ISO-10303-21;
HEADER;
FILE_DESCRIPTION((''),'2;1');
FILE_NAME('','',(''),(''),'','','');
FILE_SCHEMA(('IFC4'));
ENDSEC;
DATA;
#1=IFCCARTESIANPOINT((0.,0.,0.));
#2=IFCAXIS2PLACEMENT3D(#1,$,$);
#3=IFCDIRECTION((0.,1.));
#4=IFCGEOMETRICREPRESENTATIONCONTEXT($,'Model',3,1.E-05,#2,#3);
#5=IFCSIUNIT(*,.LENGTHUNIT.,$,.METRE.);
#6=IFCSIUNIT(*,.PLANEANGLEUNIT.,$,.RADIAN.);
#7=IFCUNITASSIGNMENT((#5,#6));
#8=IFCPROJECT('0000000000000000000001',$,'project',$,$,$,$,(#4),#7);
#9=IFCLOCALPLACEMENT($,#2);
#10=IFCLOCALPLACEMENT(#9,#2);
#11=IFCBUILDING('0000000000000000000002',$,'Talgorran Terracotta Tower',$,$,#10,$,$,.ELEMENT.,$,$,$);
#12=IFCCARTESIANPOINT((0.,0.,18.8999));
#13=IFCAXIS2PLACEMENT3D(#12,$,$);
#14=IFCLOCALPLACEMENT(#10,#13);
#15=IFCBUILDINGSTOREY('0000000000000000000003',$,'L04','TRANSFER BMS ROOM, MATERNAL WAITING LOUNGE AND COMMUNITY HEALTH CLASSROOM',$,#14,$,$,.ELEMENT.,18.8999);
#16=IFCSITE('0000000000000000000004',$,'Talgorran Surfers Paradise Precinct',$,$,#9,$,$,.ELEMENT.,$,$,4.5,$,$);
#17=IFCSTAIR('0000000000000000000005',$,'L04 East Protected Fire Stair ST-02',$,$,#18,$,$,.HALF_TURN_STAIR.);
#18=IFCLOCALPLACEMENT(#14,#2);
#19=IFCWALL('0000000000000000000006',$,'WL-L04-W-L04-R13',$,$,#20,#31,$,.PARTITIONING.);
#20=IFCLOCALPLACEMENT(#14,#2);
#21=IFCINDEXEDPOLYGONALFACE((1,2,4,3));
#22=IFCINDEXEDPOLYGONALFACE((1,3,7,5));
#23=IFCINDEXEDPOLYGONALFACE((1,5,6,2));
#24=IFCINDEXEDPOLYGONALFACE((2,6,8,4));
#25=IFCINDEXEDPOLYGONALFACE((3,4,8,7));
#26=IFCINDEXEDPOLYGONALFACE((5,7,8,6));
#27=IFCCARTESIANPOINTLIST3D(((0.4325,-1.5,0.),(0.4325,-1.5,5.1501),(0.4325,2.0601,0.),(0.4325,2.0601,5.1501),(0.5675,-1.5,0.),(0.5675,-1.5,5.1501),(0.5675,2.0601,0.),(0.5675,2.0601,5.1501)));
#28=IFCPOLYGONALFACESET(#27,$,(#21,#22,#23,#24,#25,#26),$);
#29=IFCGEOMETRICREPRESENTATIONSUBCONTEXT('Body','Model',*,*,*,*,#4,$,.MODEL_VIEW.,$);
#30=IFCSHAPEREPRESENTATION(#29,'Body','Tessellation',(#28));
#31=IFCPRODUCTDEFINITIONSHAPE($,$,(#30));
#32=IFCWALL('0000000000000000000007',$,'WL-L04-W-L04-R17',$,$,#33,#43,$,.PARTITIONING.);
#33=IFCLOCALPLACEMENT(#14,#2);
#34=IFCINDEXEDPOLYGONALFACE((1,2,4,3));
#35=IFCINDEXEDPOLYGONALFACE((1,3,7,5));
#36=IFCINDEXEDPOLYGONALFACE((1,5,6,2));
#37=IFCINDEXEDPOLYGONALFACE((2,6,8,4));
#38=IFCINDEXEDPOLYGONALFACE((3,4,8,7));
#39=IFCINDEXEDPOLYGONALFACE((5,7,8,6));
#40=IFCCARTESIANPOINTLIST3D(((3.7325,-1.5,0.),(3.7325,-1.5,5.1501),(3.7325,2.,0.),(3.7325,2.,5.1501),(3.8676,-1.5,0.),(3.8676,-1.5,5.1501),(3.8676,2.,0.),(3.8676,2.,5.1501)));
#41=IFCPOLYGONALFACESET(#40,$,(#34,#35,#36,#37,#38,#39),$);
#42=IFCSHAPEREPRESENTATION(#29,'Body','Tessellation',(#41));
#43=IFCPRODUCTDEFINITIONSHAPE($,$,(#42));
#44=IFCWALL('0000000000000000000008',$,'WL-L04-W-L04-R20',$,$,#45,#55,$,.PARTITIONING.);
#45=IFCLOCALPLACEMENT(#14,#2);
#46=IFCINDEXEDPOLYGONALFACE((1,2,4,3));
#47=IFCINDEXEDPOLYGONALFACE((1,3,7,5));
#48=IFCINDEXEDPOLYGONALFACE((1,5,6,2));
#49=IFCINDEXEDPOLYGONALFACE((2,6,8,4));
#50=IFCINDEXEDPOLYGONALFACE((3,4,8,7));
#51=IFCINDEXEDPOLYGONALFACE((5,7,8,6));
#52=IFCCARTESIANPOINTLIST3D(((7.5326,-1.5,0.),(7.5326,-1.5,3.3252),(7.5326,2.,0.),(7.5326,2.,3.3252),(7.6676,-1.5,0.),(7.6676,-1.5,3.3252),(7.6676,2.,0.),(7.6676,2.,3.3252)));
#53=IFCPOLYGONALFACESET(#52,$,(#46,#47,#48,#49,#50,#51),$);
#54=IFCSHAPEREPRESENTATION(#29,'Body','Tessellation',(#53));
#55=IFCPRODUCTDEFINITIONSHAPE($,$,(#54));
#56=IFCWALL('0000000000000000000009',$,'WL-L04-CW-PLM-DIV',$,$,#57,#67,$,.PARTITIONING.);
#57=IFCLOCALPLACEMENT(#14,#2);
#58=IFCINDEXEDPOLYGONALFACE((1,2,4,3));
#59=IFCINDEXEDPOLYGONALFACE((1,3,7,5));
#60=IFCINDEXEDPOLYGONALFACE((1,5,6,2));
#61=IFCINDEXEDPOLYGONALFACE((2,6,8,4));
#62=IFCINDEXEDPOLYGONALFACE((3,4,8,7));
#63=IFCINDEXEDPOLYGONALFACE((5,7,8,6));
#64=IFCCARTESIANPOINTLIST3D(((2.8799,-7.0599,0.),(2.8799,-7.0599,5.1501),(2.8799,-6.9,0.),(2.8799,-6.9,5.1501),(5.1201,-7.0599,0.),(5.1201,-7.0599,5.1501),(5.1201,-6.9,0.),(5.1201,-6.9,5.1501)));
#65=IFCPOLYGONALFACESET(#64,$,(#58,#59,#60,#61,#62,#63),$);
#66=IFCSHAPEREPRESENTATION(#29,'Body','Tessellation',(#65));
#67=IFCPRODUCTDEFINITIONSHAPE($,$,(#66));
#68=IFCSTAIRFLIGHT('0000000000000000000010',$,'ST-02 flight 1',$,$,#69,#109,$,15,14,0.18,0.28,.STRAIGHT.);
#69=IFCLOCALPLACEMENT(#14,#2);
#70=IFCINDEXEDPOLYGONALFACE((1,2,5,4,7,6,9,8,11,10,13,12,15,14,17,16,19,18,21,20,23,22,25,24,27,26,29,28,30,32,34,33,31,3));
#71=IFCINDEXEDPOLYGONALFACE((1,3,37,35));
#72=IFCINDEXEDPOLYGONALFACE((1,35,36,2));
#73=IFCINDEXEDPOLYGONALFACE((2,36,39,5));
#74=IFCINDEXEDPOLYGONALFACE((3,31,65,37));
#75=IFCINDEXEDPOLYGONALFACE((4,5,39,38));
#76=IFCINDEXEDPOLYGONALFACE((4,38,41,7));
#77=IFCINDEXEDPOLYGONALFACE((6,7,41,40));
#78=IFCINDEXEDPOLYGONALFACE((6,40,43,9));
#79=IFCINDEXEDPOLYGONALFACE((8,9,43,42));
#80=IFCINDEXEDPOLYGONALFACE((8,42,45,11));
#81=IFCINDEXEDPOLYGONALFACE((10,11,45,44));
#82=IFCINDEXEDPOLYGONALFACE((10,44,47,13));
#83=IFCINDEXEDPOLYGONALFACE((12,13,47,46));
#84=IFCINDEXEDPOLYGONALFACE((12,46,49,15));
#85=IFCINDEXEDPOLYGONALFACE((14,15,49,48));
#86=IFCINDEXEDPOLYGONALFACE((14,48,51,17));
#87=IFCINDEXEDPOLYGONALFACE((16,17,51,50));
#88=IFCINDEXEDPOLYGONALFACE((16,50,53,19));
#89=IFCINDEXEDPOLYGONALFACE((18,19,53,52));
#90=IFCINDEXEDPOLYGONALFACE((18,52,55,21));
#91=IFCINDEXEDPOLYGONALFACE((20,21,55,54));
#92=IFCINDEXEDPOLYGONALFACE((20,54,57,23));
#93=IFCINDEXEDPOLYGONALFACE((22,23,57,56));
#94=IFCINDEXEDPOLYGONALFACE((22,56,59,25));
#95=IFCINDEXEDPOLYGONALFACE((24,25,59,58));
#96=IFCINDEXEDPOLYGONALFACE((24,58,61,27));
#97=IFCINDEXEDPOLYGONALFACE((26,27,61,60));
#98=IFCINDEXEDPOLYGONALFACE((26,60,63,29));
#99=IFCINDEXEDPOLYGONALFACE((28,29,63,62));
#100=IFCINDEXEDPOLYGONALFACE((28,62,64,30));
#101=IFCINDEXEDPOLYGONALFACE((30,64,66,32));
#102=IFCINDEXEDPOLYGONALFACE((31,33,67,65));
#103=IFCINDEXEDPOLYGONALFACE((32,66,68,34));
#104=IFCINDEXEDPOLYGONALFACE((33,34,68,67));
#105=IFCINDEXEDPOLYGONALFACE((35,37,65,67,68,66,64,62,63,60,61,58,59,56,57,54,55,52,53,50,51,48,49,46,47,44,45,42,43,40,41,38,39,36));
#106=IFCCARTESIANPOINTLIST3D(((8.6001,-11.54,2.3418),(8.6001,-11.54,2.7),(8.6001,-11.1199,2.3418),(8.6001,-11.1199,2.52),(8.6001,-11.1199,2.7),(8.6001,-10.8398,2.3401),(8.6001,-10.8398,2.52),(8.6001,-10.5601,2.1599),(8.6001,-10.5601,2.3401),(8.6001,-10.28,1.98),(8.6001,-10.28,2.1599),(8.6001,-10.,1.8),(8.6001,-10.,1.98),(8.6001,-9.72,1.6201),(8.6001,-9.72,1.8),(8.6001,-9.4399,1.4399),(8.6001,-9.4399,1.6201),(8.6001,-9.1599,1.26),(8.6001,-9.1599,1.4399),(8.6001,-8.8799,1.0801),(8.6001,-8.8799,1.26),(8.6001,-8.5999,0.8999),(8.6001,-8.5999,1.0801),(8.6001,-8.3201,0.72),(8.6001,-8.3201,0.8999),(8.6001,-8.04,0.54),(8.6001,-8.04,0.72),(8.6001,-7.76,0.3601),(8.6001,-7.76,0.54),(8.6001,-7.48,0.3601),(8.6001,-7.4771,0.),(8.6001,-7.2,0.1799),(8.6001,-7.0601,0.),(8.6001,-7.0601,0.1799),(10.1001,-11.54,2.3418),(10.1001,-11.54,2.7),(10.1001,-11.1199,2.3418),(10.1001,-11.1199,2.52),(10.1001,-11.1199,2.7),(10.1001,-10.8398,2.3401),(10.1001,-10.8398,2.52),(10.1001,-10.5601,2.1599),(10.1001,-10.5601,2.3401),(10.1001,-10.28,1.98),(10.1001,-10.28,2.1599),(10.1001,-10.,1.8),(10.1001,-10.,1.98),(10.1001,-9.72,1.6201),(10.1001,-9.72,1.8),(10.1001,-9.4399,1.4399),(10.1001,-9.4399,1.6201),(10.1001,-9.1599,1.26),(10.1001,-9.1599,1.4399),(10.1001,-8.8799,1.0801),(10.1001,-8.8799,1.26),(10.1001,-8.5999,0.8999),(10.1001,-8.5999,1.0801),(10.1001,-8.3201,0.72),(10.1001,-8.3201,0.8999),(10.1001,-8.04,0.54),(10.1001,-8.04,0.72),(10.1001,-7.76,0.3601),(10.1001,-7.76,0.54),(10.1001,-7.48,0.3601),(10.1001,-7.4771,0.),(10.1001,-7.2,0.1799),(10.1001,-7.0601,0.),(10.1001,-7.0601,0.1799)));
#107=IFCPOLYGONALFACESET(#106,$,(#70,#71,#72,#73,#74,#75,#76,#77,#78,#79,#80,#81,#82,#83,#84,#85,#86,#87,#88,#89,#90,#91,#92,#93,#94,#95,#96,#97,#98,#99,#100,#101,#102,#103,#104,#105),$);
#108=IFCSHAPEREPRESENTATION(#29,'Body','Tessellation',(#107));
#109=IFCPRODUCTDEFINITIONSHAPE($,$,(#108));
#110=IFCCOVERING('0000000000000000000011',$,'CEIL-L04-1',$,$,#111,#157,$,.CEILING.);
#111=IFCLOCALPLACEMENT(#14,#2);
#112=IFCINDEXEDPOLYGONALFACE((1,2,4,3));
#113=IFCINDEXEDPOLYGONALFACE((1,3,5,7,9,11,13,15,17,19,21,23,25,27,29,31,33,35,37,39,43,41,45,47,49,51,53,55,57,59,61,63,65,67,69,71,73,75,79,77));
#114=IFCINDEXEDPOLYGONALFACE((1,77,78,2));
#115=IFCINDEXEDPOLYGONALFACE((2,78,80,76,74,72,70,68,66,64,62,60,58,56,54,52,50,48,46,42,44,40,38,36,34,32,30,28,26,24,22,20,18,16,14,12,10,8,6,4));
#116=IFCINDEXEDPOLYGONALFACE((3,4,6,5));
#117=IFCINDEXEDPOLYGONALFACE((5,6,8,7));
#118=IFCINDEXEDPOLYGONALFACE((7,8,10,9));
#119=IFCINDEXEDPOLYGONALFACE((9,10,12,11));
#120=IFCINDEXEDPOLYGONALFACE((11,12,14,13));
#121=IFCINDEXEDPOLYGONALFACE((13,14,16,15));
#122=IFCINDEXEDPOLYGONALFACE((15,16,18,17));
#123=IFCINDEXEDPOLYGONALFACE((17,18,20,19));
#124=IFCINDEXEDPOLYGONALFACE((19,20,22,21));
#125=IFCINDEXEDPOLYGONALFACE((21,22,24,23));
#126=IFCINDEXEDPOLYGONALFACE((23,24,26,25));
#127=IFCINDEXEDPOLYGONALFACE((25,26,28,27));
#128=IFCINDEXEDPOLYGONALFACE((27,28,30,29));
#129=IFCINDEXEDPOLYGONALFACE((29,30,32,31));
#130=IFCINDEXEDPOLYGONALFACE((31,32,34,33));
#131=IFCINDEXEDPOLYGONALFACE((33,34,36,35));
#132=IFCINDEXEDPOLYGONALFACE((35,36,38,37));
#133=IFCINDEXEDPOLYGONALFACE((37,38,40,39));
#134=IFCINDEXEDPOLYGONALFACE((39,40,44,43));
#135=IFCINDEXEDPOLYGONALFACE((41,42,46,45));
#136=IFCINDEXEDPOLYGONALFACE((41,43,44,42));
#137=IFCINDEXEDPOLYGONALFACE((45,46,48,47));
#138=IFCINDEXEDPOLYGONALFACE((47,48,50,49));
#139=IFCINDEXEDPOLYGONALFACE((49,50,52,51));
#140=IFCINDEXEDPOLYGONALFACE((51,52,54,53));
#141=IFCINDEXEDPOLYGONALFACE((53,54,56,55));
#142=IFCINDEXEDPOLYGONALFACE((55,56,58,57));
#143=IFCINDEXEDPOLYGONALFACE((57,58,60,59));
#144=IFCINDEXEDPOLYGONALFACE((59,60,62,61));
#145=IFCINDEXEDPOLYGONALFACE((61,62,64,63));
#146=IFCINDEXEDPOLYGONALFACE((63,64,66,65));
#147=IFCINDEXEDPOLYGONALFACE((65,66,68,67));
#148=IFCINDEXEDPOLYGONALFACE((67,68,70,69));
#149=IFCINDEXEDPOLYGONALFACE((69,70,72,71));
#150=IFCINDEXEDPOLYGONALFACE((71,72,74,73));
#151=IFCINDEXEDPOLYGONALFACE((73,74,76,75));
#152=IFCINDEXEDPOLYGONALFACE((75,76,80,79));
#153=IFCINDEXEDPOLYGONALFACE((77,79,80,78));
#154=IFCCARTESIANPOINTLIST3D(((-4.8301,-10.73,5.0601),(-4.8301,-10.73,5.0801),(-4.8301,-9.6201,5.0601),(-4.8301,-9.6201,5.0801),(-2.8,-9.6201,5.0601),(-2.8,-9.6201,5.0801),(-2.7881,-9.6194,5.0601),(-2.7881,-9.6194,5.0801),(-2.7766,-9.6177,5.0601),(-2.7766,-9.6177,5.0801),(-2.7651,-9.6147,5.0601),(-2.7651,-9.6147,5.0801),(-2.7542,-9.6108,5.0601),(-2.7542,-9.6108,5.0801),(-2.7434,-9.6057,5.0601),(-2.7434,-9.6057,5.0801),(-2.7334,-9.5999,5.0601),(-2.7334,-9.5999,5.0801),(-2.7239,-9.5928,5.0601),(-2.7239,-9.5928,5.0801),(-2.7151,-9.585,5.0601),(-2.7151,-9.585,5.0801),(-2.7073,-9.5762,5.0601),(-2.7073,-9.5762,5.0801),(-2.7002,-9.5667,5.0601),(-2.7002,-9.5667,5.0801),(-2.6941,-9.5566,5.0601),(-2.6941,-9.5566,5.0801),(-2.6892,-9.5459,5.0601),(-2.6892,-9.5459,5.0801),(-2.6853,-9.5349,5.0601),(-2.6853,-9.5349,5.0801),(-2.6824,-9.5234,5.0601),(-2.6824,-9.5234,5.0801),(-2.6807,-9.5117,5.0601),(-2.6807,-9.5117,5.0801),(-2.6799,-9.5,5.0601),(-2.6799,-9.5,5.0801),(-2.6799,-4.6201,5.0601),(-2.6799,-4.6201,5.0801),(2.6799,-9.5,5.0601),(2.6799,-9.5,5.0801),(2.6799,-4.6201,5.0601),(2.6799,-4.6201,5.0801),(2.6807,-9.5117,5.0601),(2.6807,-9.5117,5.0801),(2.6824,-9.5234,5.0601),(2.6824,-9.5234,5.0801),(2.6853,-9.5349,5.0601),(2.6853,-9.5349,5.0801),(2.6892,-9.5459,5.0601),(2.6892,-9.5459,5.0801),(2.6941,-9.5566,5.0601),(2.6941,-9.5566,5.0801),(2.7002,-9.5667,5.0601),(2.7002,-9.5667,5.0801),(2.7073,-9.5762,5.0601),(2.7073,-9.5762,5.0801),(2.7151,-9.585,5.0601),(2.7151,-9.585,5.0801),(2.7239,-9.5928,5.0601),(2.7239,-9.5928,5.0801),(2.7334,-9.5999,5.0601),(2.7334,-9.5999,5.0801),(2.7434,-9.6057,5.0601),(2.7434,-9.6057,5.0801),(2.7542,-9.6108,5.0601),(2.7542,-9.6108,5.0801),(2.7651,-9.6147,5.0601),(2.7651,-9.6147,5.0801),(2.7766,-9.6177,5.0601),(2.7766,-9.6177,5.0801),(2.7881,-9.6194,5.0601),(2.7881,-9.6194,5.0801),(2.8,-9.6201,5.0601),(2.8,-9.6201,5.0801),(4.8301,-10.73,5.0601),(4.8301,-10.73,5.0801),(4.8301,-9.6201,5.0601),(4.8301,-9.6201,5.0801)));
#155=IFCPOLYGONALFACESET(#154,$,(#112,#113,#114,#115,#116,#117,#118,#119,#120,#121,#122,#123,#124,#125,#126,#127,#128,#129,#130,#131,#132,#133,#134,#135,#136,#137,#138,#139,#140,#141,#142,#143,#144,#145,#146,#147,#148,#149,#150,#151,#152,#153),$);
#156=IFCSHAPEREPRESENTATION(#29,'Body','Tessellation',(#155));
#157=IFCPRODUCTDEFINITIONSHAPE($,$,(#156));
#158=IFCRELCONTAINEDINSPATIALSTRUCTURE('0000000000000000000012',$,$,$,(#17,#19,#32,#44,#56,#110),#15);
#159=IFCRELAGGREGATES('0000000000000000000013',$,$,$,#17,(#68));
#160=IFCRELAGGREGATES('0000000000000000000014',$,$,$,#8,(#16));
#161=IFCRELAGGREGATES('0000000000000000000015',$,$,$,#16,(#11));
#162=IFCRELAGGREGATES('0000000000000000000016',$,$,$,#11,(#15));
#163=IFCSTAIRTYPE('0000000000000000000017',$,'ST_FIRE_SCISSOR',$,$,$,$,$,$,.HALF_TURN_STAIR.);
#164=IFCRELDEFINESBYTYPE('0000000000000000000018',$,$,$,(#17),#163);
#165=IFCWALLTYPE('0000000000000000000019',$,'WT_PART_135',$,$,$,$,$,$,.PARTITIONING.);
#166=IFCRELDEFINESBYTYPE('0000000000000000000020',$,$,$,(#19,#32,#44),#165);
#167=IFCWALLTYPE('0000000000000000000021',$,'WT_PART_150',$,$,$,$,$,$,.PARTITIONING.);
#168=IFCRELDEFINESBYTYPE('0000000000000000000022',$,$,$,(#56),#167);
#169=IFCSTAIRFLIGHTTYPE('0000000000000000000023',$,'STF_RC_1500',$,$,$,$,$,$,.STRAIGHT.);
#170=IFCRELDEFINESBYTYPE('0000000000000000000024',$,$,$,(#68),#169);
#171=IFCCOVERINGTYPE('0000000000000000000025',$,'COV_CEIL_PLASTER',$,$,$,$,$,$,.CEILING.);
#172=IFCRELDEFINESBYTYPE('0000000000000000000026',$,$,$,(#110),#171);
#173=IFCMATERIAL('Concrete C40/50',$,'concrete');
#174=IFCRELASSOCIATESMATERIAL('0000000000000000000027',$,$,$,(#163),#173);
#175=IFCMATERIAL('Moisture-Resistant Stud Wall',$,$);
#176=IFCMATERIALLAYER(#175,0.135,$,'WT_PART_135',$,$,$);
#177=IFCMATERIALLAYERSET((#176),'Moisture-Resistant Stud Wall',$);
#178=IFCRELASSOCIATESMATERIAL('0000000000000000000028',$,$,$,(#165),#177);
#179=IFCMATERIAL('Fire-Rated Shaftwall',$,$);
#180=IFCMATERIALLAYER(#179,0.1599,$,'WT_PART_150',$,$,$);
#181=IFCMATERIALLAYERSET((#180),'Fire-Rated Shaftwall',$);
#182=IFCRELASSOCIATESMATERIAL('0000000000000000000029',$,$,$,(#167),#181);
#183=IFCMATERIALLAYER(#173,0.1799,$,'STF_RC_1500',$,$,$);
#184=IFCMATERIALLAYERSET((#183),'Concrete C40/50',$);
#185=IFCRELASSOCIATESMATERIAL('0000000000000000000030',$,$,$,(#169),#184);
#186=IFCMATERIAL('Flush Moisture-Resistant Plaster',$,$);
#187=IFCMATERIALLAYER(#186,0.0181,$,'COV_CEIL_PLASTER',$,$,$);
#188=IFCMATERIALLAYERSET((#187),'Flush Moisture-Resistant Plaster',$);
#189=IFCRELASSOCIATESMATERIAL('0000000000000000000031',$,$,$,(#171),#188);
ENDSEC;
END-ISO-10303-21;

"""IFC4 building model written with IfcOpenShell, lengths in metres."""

from ifc_helpers import new_model, si_unit, direction, frame, frame_2d, origin, place, context, subcontext, project, spatial, polyline, rectangle, outline, extrude, material, layer, layer_set, type_object, element, aggregate, save


model = new_model("IFC4")

# Units and contexts
model_context = context("Model", 3, precision=1e-05, world=origin(), true_north=direction((0.0, 1.0)))
body_context = subcontext(model_context, "Body", "Model", "MODEL_VIEW")
ifc_project = project(units=[si_unit("LENGTHUNIT", "METRE"), si_unit("PLANEANGLEUNIT", "RADIAN")], contexts=[model_context])

# Site, building, storey
site_placement = place(None, origin())
site = spatial("IfcSite", under=ifc_project, at=site_placement, Name="Talgorran Surfers Paradise Precinct", CompositionType="ELEMENT", RefElevation=4.5)
building_placement = place(site_placement, origin())
building = spatial("IfcBuilding", under=site, at=building_placement, Name="Talgorran Terracotta Tower", CompositionType="ELEMENT")
storey_placement = place(building_placement, frame((0.0, 0.0, 18.8999)))
storey = spatial("IfcBuildingStorey", under=building, at=storey_placement, Name="L04", Description="TRANSFER BMS ROOM, MATERNAL WAITING LOUNGE AND COMMUNITY HEALTH CLASSROOM", CompositionType="ELEMENT", Elevation=18.8999)

# Stair
ifc_material_1 = material(Name="Concrete C40/50", Category="concrete")
stair_type = type_object("IfcStairType", Name="ST_FIRE_SCISSOR", PredefinedType="HALF_TURN_STAIR", material=ifc_material_1)
stair_1_placement = place(storey_placement, origin())
stair_1 = element("IfcStair", 1, at=stair_1_placement, inside=storey, type_object=stair_type, Name="L04 East Protected Fire Stair ST-02", PredefinedType="HALF_TURN_STAIR")

# Walls
ifc_material_2 = material(Name="Moisture-Resistant Stud Wall")
ifc_layer_1 = layer(ifc_material_2, 0.135, Name="WT_PART_135")
ifc_layer_set_1 = layer_set([ifc_layer_1], Name="Moisture-Resistant Stud Wall")
wall_type_1 = type_object("IfcWallType", Name="WT_PART_135", PredefinedType="PARTITIONING", material=ifc_layer_set_1)
wall_1_placement = place(storey_placement, frame((0.5, -1.5, 0.0), z_axis=(0.0, 0.0, 1.0), x_axis=(0.0, 1.0, 0.0)))
element("IfcWall", 2, at=wall_1_placement, inside=storey, type_object=wall_type_1, Name="WL-L04-W-L04-R13", PredefinedType="PARTITIONING", context=body_context, shape_type="SweptSolid", body=[
    extrude(rectangle(XDim=3.5601, YDim=0.135, at=frame_2d((1.78, 0.0))), origin(), (0.0, 0.0, 1.0), 5.1501),
])
wall_2_placement = place(storey_placement, frame((3.8, -1.5, 0.0), z_axis=(0.0, 0.0, 1.0), x_axis=(0.0, 1.0, 0.0)))
element("IfcWall", 3, at=wall_2_placement, inside=storey, type_object=wall_type_1, Name="WL-L04-W-L04-R17", PredefinedType="PARTITIONING", context=body_context, shape_type="SweptSolid", body=[
    extrude(rectangle(XDim=3.5, YDim=0.135, at=frame_2d((1.75, 0.0))), origin(), (0.0, 0.0, 1.0), 5.1501),
])
wall_3_placement = place(storey_placement, frame((7.6001, -1.5, 0.0), z_axis=(0.0, 0.0, 1.0), x_axis=(0.0, 1.0, 0.0)))
element("IfcWall", 4, at=wall_3_placement, inside=storey, type_object=wall_type_1, Name="WL-L04-W-L04-R20", PredefinedType="PARTITIONING", context=body_context, shape_type="SweptSolid", body=[
    extrude(rectangle(XDim=3.5, YDim=0.135, at=frame_2d((1.75, 0.0))), origin(), (0.0, 0.0, 1.0), 3.3252),
])
ifc_material_3 = material(Name="Fire-Rated Shaftwall")
ifc_layer_2 = layer(ifc_material_3, 0.1599, Name="WT_PART_150")
ifc_layer_set_2 = layer_set([ifc_layer_2], Name="Fire-Rated Shaftwall")
wall_type_2 = type_object("IfcWallType", Name="WT_PART_150", PredefinedType="PARTITIONING", material=ifc_layer_set_2)
wall_4_placement = place(storey_placement, frame((2.8799, -6.98, 0.0), z_axis=(0.0, 0.0, 1.0), x_axis=(1.0, 0.0, 0.0)))
element("IfcWall", 5, at=wall_4_placement, inside=storey, type_object=wall_type_2, Name="WL-L04-CW-PLM-DIV", PredefinedType="PARTITIONING", context=body_context, shape_type="SweptSolid", body=[
    extrude(rectangle(XDim=2.2402, YDim=0.1599, at=frame_2d((1.1201, 0.0))), origin(), (0.0, 0.0, 1.0), 5.1501),
])

# Stair flight
ifc_layer_3 = layer(ifc_material_1, 0.1799, Name="STF_RC_1500")
ifc_layer_set_3 = layer_set([ifc_layer_3], Name="Concrete C40/50")
stair_flight_type = type_object("IfcStairFlightType", Name="STF_RC_1500", PredefinedType="STRAIGHT", material=ifc_layer_set_3)
stair_flight_placement = place(storey_placement, frame((9.3501, -7.2, 0.0), z_axis=(0.0, 0.0, 1.0), x_axis=(0.0, -1.0, 0.0)))
stair_flight = element("IfcStairFlight", 6, at=stair_flight_placement, type_object=stair_flight_type, Name="ST-02 flight 1", NumberOfRisers=15, NumberOfTreads=14, PredefinedType="STRAIGHT", RiserHeight=0.18, TreadLength=0.28, context=body_context, shape_type="SweptSolid", body=[
    extrude(outline(polyline([(-0.1399, 0.0), (-0.1399, 0.1799), (0.0, 0.1799), (0.28, 0.3601), (0.5601, 0.3601), (0.5601, 0.54), (0.8401, 0.54), (0.8401, 0.72), (1.1201, 0.72), (1.1201, 0.8999), (1.3999, 0.8999), (1.3999, 1.0801), (1.6799, 1.0801), (1.6799, 1.26), (1.96, 1.26), (1.96, 1.4399), (2.24, 1.4399), (2.24, 1.6201), (2.52, 1.6201), (2.52, 1.8), (2.8, 1.8), (2.8, 1.98), (3.0801, 1.98), (3.0801, 2.1599), (3.3601, 2.1599), (3.3601, 2.3401), (3.6399, 2.3401), (3.6399, 2.52), (3.9199, 2.52), (3.9199, 2.7), (4.3401, 2.7), (4.3401, 2.3418), (3.9199, 2.3418), (0.2771, 0.0), (-0.1399, 0.0)])), frame((0.0, 0.75, 0.0), z_axis=(0.0, -1.0, 0.0), x_axis=(1.0, 0.0, 0.0)), (0.0, 0.0, 1.0), 1.5),
])
aggregate(stair_1, [stair_flight])

# Covering
ifc_material_4 = material(Name="Flush Moisture-Resistant Plaster")
ifc_layer_4 = layer(ifc_material_4, 0.0181, Name="COV_CEIL_PLASTER")
ifc_layer_set_4 = layer_set([ifc_layer_4], Name="Flush Moisture-Resistant Plaster")
covering_type_1 = type_object("IfcCoveringType", Name="COV_CEIL_PLASTER", PredefinedType="CEILING", material=ifc_layer_set_4)
covering_1_placement = place(storey_placement, frame((0.0, 0.0, 5.0601)))
element("IfcCovering", 7, at=covering_1_placement, inside=storey, type_object=covering_type_1, Name="CEIL-L04-1", PredefinedType="CEILING", context=body_context, shape_type="SweptSolid", body=[
    extrude(outline(polyline([(-4.8301, -9.6201), (-2.8, -9.6201), (-2.7881, -9.6194), (-2.7766, -9.6177), (-2.7651, -9.6147), (-2.7542, -9.6108), (-2.7434, -9.6057), (-2.7334, -9.5999), (-2.7239, -9.5928), (-2.7151, -9.585), (-2.7073, -9.5762), (-2.7002, -9.5667), (-2.6941, -9.5566), (-2.6892, -9.5459), (-2.6853, -9.5349), (-2.6824, -9.5234), (-2.6807, -9.5117), (-2.6799, -9.5), (-2.6799, -4.6201), (2.6799, -4.6201), (2.6799, -9.5), (2.6807, -9.5117), (2.6824, -9.5234), (2.6853, -9.5349), (2.6892, -9.5459), (2.6941, -9.5566), (2.7002, -9.5667), (2.7073, -9.5762), (2.7151, -9.585), (2.7239, -9.5928), (2.7334, -9.5999), (2.7434, -9.6057), (2.7542, -9.6108), (2.7651, -9.6147), (2.7766, -9.6177), (2.7881, -9.6194), (2.8, -9.6201), (4.8301, -9.6201), (4.8301, -10.73), (-4.8301, -10.73), (-4.8301, -9.6201)])), origin(), (0.0, 0.0, 1.0), 0.02),
])

save(model, "model.ifc")
